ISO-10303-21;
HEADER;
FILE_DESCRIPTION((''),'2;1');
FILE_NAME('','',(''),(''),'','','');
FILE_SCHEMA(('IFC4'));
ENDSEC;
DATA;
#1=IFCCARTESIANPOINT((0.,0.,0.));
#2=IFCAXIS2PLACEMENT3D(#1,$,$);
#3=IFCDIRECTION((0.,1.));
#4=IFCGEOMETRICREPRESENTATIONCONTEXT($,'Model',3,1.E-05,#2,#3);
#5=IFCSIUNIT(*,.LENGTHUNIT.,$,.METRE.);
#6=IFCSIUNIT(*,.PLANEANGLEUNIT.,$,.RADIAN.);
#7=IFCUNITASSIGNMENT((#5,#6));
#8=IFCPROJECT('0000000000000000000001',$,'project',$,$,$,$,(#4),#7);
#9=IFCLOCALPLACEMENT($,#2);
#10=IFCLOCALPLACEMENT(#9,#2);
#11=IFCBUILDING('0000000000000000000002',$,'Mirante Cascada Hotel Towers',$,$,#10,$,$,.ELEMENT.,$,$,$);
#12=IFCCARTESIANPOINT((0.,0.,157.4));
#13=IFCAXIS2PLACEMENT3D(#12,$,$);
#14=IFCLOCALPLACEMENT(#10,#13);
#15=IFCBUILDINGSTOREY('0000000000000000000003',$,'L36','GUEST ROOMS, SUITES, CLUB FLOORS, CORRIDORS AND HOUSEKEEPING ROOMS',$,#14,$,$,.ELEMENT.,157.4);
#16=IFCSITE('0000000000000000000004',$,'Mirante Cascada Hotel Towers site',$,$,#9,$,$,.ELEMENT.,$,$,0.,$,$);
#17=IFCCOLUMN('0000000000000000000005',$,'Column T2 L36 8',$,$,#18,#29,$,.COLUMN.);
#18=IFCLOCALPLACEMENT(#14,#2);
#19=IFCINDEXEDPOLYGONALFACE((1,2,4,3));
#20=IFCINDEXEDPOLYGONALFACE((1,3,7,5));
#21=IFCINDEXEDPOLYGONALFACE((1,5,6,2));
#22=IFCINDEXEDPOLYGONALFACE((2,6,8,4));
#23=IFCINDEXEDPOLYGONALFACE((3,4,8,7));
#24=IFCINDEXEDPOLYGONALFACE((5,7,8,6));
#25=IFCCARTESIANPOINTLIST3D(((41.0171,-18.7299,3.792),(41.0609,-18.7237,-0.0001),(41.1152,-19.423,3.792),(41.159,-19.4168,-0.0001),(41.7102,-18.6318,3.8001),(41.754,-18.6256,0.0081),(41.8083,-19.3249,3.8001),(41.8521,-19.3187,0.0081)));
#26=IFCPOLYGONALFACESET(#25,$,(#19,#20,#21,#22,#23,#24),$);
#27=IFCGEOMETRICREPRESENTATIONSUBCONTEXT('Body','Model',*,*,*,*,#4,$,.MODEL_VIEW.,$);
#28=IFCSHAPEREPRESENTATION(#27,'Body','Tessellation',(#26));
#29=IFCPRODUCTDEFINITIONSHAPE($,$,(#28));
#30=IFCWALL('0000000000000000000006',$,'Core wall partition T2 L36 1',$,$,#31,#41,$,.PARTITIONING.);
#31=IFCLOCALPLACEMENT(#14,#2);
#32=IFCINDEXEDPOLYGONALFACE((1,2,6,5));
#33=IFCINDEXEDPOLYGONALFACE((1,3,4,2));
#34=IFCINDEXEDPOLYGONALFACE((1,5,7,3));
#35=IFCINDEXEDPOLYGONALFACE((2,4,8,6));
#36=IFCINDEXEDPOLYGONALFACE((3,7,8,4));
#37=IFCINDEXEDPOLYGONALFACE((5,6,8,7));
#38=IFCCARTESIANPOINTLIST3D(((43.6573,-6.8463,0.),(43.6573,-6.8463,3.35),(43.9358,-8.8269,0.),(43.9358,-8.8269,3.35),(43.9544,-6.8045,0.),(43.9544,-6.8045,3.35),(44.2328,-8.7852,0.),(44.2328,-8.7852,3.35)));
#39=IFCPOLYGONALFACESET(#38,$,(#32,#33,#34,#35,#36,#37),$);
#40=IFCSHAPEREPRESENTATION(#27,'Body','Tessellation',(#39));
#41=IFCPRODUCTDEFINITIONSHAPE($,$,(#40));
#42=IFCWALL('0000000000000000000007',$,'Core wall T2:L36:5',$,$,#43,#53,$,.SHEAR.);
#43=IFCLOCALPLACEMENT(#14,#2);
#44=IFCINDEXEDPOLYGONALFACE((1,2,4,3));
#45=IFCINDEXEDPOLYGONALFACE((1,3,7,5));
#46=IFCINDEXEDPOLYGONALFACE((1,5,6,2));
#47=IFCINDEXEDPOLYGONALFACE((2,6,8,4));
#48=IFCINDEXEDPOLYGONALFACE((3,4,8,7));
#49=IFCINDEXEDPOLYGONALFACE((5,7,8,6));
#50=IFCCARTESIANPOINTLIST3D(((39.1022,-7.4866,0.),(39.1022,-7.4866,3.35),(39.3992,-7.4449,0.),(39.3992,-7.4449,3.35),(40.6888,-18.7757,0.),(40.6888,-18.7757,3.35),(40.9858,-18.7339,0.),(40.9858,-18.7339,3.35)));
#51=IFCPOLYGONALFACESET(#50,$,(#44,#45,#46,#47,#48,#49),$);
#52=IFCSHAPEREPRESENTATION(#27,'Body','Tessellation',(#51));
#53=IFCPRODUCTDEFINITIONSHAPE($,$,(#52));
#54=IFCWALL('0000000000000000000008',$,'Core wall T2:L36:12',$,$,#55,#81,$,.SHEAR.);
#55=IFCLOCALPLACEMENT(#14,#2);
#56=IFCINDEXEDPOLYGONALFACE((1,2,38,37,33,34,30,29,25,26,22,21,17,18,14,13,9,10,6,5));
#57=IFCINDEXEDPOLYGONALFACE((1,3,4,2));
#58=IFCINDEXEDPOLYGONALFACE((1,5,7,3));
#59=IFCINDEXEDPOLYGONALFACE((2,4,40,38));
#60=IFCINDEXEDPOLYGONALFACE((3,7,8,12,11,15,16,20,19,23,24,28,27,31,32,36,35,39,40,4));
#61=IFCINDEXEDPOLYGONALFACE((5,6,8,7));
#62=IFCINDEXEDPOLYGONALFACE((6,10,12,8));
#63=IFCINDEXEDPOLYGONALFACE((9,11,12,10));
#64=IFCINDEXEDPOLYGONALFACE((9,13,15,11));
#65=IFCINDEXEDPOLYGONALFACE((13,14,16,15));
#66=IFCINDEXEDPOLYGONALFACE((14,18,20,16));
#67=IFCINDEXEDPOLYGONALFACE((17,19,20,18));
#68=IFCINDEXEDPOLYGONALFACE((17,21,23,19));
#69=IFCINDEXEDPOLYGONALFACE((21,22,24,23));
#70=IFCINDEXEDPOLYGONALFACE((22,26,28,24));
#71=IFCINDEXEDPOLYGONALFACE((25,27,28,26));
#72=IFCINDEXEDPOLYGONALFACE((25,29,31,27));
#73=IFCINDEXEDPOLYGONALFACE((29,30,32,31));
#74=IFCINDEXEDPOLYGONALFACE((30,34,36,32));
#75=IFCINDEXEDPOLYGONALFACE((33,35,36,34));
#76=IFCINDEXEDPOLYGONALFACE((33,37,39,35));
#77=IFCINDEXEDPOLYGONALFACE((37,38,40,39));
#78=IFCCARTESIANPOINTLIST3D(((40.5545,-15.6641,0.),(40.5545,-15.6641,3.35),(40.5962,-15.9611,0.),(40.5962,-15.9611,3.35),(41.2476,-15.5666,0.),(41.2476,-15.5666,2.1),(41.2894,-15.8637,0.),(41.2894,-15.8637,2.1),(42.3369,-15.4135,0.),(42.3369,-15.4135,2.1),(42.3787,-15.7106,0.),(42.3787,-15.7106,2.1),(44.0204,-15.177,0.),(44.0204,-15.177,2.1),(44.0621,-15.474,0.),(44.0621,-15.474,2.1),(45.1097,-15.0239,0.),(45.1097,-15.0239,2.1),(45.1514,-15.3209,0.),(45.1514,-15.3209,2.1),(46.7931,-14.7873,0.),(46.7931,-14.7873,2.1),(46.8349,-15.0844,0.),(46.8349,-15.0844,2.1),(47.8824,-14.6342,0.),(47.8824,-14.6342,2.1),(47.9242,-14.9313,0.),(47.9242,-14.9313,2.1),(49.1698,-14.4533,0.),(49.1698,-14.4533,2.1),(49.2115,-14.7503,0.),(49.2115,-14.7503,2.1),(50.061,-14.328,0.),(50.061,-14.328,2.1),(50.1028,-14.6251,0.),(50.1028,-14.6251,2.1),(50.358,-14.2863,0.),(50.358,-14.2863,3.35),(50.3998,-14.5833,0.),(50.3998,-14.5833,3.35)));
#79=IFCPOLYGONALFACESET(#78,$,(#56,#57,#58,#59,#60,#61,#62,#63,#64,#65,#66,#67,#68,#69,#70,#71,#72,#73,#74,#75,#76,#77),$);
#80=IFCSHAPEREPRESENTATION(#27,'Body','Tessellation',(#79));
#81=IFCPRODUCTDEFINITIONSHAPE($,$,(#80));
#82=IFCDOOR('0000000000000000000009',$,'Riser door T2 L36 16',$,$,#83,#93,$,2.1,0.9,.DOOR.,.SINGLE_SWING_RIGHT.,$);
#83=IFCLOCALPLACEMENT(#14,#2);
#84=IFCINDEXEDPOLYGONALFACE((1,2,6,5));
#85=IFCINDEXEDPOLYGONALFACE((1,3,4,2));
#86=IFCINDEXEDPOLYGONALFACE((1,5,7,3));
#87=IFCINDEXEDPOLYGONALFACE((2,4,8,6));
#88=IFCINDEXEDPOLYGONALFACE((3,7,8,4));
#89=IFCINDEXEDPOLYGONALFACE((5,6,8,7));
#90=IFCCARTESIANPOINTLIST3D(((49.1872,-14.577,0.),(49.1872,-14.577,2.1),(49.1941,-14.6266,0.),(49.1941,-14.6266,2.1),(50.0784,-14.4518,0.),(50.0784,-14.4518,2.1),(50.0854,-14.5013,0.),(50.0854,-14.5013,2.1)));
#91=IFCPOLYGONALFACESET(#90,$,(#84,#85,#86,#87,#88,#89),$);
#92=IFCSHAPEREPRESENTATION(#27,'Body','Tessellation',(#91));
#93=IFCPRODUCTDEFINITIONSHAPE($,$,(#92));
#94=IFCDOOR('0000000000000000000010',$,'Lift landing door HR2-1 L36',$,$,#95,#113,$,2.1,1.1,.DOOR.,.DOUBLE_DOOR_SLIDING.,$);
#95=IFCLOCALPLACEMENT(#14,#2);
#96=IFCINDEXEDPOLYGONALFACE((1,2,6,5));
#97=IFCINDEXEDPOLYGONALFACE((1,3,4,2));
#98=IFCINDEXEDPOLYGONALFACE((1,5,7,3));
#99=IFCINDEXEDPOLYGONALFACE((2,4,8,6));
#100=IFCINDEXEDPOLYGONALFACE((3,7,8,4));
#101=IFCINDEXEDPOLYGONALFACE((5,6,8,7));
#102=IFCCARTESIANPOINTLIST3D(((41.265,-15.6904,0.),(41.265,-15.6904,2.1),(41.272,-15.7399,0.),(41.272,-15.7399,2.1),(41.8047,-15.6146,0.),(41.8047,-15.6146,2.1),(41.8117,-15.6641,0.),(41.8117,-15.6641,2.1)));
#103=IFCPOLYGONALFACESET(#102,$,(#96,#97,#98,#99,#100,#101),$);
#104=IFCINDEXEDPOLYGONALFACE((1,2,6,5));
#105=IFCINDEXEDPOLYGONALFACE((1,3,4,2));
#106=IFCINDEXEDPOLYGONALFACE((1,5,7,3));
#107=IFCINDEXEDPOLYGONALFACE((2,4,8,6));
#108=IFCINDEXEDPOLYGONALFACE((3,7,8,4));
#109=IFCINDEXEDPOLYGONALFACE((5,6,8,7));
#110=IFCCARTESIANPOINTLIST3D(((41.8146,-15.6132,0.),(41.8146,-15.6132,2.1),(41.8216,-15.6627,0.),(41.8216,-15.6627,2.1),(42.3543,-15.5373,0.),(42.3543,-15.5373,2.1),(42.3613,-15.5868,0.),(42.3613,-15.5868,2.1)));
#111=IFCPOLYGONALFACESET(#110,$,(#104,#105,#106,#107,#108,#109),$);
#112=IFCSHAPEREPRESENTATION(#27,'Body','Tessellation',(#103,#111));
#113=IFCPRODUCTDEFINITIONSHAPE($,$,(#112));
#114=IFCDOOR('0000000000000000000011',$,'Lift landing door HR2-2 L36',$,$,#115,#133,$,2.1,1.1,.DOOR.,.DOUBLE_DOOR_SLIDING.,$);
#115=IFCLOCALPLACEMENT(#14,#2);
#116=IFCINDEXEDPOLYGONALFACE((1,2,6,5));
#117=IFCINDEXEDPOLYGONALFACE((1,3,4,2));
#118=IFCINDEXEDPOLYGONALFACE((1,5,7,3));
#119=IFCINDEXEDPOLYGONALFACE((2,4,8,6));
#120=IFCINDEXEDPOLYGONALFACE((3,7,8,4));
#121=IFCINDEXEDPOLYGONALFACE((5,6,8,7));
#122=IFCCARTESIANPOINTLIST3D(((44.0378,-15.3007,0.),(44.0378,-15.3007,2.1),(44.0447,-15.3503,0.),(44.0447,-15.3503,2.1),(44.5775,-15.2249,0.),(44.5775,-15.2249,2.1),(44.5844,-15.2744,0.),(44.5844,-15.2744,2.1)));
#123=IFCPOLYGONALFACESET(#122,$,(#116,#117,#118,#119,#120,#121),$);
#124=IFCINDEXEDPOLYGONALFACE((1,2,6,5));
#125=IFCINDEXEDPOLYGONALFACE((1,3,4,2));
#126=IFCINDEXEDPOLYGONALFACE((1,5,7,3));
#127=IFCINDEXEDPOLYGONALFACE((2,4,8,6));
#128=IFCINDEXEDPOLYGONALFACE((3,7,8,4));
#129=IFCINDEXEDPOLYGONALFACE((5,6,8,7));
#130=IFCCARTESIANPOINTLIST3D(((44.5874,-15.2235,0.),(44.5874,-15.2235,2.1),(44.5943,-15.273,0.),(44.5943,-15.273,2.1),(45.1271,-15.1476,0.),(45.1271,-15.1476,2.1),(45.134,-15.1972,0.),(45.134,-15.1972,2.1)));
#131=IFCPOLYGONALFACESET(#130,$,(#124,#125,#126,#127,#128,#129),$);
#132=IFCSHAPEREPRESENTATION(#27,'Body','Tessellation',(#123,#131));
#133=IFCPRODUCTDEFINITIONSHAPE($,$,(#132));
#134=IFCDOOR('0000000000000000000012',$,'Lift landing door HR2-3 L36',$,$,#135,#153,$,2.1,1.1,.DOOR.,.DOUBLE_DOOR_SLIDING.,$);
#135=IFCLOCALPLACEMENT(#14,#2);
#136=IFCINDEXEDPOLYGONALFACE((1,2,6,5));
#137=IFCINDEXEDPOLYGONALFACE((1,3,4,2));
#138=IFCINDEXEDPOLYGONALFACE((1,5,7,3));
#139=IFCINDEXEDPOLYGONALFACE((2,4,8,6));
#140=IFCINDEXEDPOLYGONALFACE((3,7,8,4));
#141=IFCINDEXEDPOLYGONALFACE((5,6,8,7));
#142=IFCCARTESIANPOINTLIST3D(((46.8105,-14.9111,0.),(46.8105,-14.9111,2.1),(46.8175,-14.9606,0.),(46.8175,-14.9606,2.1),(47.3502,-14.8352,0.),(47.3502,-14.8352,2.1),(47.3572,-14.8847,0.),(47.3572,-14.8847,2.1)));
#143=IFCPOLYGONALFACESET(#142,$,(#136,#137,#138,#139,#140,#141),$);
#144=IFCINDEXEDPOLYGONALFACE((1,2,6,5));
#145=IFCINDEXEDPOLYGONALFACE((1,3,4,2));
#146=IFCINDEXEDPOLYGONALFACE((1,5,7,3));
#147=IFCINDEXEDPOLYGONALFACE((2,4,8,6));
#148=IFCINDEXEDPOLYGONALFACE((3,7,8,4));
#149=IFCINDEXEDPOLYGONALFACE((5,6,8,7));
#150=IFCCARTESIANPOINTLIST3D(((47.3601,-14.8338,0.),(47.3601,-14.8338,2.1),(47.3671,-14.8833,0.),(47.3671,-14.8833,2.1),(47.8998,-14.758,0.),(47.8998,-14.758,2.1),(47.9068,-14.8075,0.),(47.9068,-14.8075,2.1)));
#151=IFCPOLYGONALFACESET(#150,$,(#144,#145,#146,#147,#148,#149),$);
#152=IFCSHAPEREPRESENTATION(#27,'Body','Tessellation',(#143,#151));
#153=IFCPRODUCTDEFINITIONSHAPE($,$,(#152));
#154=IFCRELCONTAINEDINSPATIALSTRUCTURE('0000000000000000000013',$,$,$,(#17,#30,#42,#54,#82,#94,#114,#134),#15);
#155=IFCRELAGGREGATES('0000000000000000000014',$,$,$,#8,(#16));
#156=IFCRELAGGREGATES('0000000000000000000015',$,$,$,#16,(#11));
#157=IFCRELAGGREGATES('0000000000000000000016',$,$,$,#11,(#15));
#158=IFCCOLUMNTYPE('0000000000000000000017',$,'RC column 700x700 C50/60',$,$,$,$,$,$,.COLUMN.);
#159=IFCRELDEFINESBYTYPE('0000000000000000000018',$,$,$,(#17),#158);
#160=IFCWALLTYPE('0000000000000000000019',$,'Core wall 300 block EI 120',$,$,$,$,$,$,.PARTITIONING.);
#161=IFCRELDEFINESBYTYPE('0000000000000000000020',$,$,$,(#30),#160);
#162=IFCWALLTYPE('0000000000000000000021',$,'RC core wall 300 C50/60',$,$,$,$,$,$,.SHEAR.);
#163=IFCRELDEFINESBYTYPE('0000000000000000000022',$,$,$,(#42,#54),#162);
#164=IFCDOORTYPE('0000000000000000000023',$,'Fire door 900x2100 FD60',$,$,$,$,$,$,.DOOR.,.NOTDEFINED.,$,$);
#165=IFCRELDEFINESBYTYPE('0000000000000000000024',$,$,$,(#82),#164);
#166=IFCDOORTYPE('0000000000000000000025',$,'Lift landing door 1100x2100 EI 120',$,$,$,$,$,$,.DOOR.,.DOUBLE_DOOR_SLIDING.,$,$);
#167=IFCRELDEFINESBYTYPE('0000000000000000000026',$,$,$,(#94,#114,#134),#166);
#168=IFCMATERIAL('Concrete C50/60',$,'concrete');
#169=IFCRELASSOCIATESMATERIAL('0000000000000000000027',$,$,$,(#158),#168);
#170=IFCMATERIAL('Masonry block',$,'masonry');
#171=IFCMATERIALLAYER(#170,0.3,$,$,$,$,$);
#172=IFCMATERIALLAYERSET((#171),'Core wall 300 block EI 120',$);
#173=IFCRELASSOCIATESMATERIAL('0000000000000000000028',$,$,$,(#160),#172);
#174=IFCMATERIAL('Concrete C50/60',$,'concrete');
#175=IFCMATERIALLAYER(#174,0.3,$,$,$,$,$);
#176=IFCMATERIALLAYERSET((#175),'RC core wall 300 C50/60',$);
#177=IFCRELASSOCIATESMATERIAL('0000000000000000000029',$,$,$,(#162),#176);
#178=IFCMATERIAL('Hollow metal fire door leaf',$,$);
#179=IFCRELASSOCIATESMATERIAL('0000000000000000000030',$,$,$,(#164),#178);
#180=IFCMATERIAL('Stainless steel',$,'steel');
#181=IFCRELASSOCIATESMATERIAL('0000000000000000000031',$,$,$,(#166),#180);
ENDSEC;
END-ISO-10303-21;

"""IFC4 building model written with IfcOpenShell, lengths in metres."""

from ifc_helpers import new_model, si_unit, direction, frame, frame_2d, origin, origin_2d, place, context, subcontext, project, spatial, rectangle, extrude, material, layer, layer_set, material_profile, profile_set, type_object, element, fill, save


model = new_model("IFC4")

# Units and contexts
model_context = context("Model", 3, precision=1e-05, world=origin(), true_north=direction((0.0, 1.0)))
body_context = subcontext(model_context, "Body", "Model", "MODEL_VIEW")
ifc_project = project(units=[si_unit("LENGTHUNIT", "METRE"), si_unit("PLANEANGLEUNIT", "RADIAN")], contexts=[model_context])

# Site, building, storey
site_placement = place(None, origin())
site = spatial("IfcSite", under=ifc_project, at=site_placement, Name="Mirante Cascada Hotel Towers site", CompositionType="ELEMENT", RefElevation=0.0)
building_placement = place(site_placement, origin())
building = spatial("IfcBuilding", under=site, at=building_placement, Name="Mirante Cascada Hotel Towers", CompositionType="ELEMENT")
storey_placement = place(building_placement, frame((0.0, 0.0, 157.4)))
storey = spatial("IfcBuildingStorey", under=building, at=storey_placement, Name="L36", Description="GUEST ROOMS, SUITES, CLUB FLOORS, CORRIDORS AND HOUSEKEEPING ROOMS", CompositionType="ELEMENT", Elevation=157.4)

# Column
ifc_material_1 = material(Name="Concrete C50/60", Category="concrete")
ifc_material_profile = material_profile(ifc_material_1, rectangle(XDim=0.7, YDim=0.7, at=origin_2d()), Name="RC column 700x700 C50/60")
ifc_profile_set = profile_set([ifc_material_profile], Name="Concrete C50/60")
column_type = type_object("IfcColumnType", Name="RC column 700x700 C50/60", PredefinedType="COLUMN", material=ifc_profile_set)
column_placement = place(storey_placement, frame((41.4565, -19.0212, 0.004), z_axis=(-0.01155, -0.001635, 0.999932), x_axis=(0.140155, -0.990129, 0.0)))
element("IfcColumn", 1, at=column_placement, inside=storey, type_object=column_type, Name="Column T2 L36 8", PredefinedType="COLUMN", context=body_context, shape_type="SweptSolid", body=[
    extrude(rectangle(XDim=0.7, YDim=0.7, at=origin_2d()), origin(), (0.0, 0.0, 1.0), 3.7923),
])

# Walls
ifc_material_2 = material(Name="Masonry block", Category="masonry")
ifc_layer_1 = layer(ifc_material_2, 0.3)
ifc_layer_set_1 = layer_set([ifc_layer_1], Name="Core wall 300 block EI 120")
wall_type_1 = type_object("IfcWallType", Name="Core wall 300 block EI 120", PredefinedType="PARTITIONING", material=ifc_layer_set_1)
wall_1_placement = place(storey_placement, frame((44.0843, -8.8061, 0.0), z_axis=(0.0, 0.0, 1.0), x_axis=(-0.139195, 0.990265, 0.0)))
element("IfcWall", 2, at=wall_1_placement, inside=storey, type_object=wall_type_1, Name="Core wall partition T2 L36 1", PredefinedType="PARTITIONING", context=body_context, shape_type="SweptSolid", body=[
    extrude(rectangle(XDim=2.0001, YDim=0.3, at=frame_2d((1.0001, 0.0))), origin(), (0.0, 0.0, 1.0), 3.35),
])
ifc_material_3 = material(Name="Concrete C50/60", Category="concrete")
ifc_layer_2 = layer(ifc_material_3, 0.3)
ifc_layer_set_2 = layer_set([ifc_layer_2], Name="RC core wall 300 C50/60")
wall_type_2 = type_object("IfcWallType", Name="RC core wall 300 C50/60", PredefinedType="SHEAR", material=ifc_layer_set_2)
wall_2_placement = place(storey_placement, frame((40.8373, -18.7548, 0.0), z_axis=(0.0, 0.0, 1.0), x_axis=(-0.139175, 0.990268, 0.0)))
element("IfcWall", 3, at=wall_2_placement, inside=storey, type_object=wall_type_2, Name="Core wall T2:L36:5", PredefinedType="SHEAR", context=body_context, shape_type="SweptSolid", body=[
    extrude(rectangle(XDim=11.4, YDim=0.3, at=frame_2d((5.7, 0.0))), origin(), (0.0, 0.0, 1.0), 3.35),
])

# Wall, openings, doors
wall_3_placement = place(storey_placement, frame((40.5753, -15.8126, 0.0), z_axis=(0.0, 0.0, 1.0), x_axis=(0.990268, 0.139173, 0.0)))
wall_3 = element("IfcWall", 4, at=wall_3_placement, inside=storey, type_object=wall_type_2, Name="Core wall T2:L36:12", PredefinedType="SHEAR", context=body_context, shape_type="SweptSolid", body=[
    extrude(rectangle(XDim=9.8999, YDim=0.3, at=frame_2d((4.95, 0.0))), origin(), (0.0, 0.0, 1.0), 3.35),
])
opening_1_placement = place(wall_3_placement, frame((0.7, 0.0, 0.0)))
opening_1 = element("IfcOpeningElement", 5, at=opening_1_placement, cuts=wall_3, PredefinedType="OPENING", context=body_context, shape_type="SweptSolid", body=[
    extrude(rectangle(XDim=1.1, YDim=2.1, at=frame_2d((0.55, 1.05))), frame((0.0, 0.15, 0.0), z_axis=(0.0, -1.0, 0.0), x_axis=(1.0, 0.0, 0.0)), (0.0, 0.0, 1.0), 0.3),
])
opening_2_placement = place(wall_3_placement, frame((3.5, 0.0, 0.0)))
opening_2 = element("IfcOpeningElement", 6, at=opening_2_placement, cuts=wall_3, PredefinedType="OPENING", context=body_context, shape_type="SweptSolid", body=[
    extrude(rectangle(XDim=1.1, YDim=2.1, at=frame_2d((0.55, 1.05))), frame((0.0, 0.15, 0.0), z_axis=(0.0, -1.0, 0.0), x_axis=(1.0, 0.0, 0.0)), (0.0, 0.0, 1.0), 0.3),
])
opening_3_placement = place(wall_3_placement, frame((6.3, 0.0, 0.0)))
opening_3 = element("IfcOpeningElement", 7, at=opening_3_placement, cuts=wall_3, PredefinedType="OPENING", context=body_context, shape_type="SweptSolid", body=[
    extrude(rectangle(XDim=1.1, YDim=2.1, at=frame_2d((0.55, 1.05))), frame((0.0, 0.15, 0.0), z_axis=(0.0, -1.0, 0.0), x_axis=(1.0, 0.0, 0.0)), (0.0, 0.0, 1.0), 0.3),
])
opening_4_placement = place(wall_3_placement, frame((8.7, 0.0, 0.0)))
opening_4 = element("IfcOpeningElement", 8, at=opening_4_placement, cuts=wall_3, PredefinedType="OPENING", context=body_context, shape_type="SweptSolid", body=[
    extrude(rectangle(XDim=0.9, YDim=2.1, at=frame_2d((0.45, 1.05))), frame((0.0, 0.15, 0.0), z_axis=(0.0, -1.0, 0.0), x_axis=(1.0, 0.0, 0.0)), (0.0, 0.0, 1.0), 0.3),
])
ifc_material_4 = material(Name="Hollow metal fire door leaf")
door_type_1 = type_object("IfcDoorType", Name="Fire door 900x2100 FD60", OperationType="NOTDEFINED", PredefinedType="DOOR", material=ifc_material_4)
door_1_placement = place(opening_4_placement, frame((0.9, 0.0, 0.0), z_axis=(0.0, 0.0, 1.0), x_axis=(-1.0, 0.0, 0.0)))
door_1 = element("IfcDoor", 9, at=door_1_placement, inside=storey, type_object=door_type_1, Name="Riser door T2 L36 16", OperationType="SINGLE_SWING_RIGHT", OverallHeight=2.1, OverallWidth=0.9, PredefinedType="DOOR", context=body_context, shape_type="SweptSolid", body=[
    extrude(rectangle(XDim=0.9, YDim=2.1, at=frame_2d((0.45, 1.05))), frame((0.0, 0.025, 0.0), z_axis=(0.0, -1.0, 0.0), x_axis=(1.0, 0.0, 0.0)), (0.0, 0.0, 1.0), 0.05),
])
fill(opening_4, door_1)
ifc_material_5 = material(Name="Stainless steel", Category="steel")
door_type_2 = type_object("IfcDoorType", Name="Lift landing door 1100x2100 EI 120", OperationType="DOUBLE_DOOR_SLIDING", PredefinedType="DOOR", material=ifc_material_5)
door_2_placement = place(opening_1_placement, origin())
door_2 = element("IfcDoor", 10, at=door_2_placement, inside=storey, type_object=door_type_2, Name="Lift landing door HR2-1 L36", OperationType="DOUBLE_DOOR_SLIDING", OverallHeight=2.1, OverallWidth=1.1, PredefinedType="DOOR", context=body_context, shape_type="SweptSolid", body=[
    extrude(rectangle(XDim=0.545, YDim=2.1, at=frame_2d((0.2725, 1.05))), frame((0.0, 0.025, 0.0), z_axis=(0.0, -1.0, 0.0), x_axis=(1.0, 0.0, 0.0)), (0.0, 0.0, 1.0), 0.05),
    extrude(rectangle(XDim=0.545, YDim=2.1, at=frame_2d((0.8275, 1.05))), frame((0.0, 0.025, 0.0), z_axis=(0.0, -1.0, 0.0), x_axis=(1.0, 0.0, 0.0)), (0.0, 0.0, 1.0), 0.05),
])
fill(opening_1, door_2)
door_3_placement = place(opening_2_placement, origin())
door_3 = element("IfcDoor", 11, at=door_3_placement, inside=storey, type_object=door_type_2, Name="Lift landing door HR2-2 L36", OperationType="DOUBLE_DOOR_SLIDING", OverallHeight=2.1, OverallWidth=1.1, PredefinedType="DOOR", context=body_context, shape_type="SweptSolid", body=[
    extrude(rectangle(XDim=0.545, YDim=2.1, at=frame_2d((0.2725, 1.05))), frame((0.0, 0.025, 0.0), z_axis=(0.0, -1.0, 0.0), x_axis=(1.0, 0.0, 0.0)), (0.0, 0.0, 1.0), 0.05),
    extrude(rectangle(XDim=0.545, YDim=2.1, at=frame_2d((0.8275, 1.05))), frame((0.0, 0.025, 0.0), z_axis=(0.0, -1.0, 0.0), x_axis=(1.0, 0.0, 0.0)), (0.0, 0.0, 1.0), 0.05),
])
fill(opening_2, door_3)
door_4_placement = place(opening_3_placement, origin())
door_4 = element("IfcDoor", 12, at=door_4_placement, inside=storey, type_object=door_type_2, Name="Lift landing door HR2-3 L36", OperationType="DOUBLE_DOOR_SLIDING", OverallHeight=2.1, OverallWidth=1.1, PredefinedType="DOOR", context=body_context, shape_type="SweptSolid", body=[
    extrude(rectangle(XDim=0.545, YDim=2.1, at=frame_2d((0.2725, 1.05))), frame((0.0, 0.025, 0.0), z_axis=(0.0, -1.0, 0.0), x_axis=(1.0, 0.0, 0.0)), (0.0, 0.0, 1.0), 0.05),
    extrude(rectangle(XDim=0.545, YDim=2.1, at=frame_2d((0.8275, 1.05))), frame((0.0, 0.025, 0.0), z_axis=(0.0, -1.0, 0.0), x_axis=(1.0, 0.0, 0.0)), (0.0, 0.0, 1.0), 0.05),
])
fill(opening_3, door_4)

save(model, "model.ifc")
